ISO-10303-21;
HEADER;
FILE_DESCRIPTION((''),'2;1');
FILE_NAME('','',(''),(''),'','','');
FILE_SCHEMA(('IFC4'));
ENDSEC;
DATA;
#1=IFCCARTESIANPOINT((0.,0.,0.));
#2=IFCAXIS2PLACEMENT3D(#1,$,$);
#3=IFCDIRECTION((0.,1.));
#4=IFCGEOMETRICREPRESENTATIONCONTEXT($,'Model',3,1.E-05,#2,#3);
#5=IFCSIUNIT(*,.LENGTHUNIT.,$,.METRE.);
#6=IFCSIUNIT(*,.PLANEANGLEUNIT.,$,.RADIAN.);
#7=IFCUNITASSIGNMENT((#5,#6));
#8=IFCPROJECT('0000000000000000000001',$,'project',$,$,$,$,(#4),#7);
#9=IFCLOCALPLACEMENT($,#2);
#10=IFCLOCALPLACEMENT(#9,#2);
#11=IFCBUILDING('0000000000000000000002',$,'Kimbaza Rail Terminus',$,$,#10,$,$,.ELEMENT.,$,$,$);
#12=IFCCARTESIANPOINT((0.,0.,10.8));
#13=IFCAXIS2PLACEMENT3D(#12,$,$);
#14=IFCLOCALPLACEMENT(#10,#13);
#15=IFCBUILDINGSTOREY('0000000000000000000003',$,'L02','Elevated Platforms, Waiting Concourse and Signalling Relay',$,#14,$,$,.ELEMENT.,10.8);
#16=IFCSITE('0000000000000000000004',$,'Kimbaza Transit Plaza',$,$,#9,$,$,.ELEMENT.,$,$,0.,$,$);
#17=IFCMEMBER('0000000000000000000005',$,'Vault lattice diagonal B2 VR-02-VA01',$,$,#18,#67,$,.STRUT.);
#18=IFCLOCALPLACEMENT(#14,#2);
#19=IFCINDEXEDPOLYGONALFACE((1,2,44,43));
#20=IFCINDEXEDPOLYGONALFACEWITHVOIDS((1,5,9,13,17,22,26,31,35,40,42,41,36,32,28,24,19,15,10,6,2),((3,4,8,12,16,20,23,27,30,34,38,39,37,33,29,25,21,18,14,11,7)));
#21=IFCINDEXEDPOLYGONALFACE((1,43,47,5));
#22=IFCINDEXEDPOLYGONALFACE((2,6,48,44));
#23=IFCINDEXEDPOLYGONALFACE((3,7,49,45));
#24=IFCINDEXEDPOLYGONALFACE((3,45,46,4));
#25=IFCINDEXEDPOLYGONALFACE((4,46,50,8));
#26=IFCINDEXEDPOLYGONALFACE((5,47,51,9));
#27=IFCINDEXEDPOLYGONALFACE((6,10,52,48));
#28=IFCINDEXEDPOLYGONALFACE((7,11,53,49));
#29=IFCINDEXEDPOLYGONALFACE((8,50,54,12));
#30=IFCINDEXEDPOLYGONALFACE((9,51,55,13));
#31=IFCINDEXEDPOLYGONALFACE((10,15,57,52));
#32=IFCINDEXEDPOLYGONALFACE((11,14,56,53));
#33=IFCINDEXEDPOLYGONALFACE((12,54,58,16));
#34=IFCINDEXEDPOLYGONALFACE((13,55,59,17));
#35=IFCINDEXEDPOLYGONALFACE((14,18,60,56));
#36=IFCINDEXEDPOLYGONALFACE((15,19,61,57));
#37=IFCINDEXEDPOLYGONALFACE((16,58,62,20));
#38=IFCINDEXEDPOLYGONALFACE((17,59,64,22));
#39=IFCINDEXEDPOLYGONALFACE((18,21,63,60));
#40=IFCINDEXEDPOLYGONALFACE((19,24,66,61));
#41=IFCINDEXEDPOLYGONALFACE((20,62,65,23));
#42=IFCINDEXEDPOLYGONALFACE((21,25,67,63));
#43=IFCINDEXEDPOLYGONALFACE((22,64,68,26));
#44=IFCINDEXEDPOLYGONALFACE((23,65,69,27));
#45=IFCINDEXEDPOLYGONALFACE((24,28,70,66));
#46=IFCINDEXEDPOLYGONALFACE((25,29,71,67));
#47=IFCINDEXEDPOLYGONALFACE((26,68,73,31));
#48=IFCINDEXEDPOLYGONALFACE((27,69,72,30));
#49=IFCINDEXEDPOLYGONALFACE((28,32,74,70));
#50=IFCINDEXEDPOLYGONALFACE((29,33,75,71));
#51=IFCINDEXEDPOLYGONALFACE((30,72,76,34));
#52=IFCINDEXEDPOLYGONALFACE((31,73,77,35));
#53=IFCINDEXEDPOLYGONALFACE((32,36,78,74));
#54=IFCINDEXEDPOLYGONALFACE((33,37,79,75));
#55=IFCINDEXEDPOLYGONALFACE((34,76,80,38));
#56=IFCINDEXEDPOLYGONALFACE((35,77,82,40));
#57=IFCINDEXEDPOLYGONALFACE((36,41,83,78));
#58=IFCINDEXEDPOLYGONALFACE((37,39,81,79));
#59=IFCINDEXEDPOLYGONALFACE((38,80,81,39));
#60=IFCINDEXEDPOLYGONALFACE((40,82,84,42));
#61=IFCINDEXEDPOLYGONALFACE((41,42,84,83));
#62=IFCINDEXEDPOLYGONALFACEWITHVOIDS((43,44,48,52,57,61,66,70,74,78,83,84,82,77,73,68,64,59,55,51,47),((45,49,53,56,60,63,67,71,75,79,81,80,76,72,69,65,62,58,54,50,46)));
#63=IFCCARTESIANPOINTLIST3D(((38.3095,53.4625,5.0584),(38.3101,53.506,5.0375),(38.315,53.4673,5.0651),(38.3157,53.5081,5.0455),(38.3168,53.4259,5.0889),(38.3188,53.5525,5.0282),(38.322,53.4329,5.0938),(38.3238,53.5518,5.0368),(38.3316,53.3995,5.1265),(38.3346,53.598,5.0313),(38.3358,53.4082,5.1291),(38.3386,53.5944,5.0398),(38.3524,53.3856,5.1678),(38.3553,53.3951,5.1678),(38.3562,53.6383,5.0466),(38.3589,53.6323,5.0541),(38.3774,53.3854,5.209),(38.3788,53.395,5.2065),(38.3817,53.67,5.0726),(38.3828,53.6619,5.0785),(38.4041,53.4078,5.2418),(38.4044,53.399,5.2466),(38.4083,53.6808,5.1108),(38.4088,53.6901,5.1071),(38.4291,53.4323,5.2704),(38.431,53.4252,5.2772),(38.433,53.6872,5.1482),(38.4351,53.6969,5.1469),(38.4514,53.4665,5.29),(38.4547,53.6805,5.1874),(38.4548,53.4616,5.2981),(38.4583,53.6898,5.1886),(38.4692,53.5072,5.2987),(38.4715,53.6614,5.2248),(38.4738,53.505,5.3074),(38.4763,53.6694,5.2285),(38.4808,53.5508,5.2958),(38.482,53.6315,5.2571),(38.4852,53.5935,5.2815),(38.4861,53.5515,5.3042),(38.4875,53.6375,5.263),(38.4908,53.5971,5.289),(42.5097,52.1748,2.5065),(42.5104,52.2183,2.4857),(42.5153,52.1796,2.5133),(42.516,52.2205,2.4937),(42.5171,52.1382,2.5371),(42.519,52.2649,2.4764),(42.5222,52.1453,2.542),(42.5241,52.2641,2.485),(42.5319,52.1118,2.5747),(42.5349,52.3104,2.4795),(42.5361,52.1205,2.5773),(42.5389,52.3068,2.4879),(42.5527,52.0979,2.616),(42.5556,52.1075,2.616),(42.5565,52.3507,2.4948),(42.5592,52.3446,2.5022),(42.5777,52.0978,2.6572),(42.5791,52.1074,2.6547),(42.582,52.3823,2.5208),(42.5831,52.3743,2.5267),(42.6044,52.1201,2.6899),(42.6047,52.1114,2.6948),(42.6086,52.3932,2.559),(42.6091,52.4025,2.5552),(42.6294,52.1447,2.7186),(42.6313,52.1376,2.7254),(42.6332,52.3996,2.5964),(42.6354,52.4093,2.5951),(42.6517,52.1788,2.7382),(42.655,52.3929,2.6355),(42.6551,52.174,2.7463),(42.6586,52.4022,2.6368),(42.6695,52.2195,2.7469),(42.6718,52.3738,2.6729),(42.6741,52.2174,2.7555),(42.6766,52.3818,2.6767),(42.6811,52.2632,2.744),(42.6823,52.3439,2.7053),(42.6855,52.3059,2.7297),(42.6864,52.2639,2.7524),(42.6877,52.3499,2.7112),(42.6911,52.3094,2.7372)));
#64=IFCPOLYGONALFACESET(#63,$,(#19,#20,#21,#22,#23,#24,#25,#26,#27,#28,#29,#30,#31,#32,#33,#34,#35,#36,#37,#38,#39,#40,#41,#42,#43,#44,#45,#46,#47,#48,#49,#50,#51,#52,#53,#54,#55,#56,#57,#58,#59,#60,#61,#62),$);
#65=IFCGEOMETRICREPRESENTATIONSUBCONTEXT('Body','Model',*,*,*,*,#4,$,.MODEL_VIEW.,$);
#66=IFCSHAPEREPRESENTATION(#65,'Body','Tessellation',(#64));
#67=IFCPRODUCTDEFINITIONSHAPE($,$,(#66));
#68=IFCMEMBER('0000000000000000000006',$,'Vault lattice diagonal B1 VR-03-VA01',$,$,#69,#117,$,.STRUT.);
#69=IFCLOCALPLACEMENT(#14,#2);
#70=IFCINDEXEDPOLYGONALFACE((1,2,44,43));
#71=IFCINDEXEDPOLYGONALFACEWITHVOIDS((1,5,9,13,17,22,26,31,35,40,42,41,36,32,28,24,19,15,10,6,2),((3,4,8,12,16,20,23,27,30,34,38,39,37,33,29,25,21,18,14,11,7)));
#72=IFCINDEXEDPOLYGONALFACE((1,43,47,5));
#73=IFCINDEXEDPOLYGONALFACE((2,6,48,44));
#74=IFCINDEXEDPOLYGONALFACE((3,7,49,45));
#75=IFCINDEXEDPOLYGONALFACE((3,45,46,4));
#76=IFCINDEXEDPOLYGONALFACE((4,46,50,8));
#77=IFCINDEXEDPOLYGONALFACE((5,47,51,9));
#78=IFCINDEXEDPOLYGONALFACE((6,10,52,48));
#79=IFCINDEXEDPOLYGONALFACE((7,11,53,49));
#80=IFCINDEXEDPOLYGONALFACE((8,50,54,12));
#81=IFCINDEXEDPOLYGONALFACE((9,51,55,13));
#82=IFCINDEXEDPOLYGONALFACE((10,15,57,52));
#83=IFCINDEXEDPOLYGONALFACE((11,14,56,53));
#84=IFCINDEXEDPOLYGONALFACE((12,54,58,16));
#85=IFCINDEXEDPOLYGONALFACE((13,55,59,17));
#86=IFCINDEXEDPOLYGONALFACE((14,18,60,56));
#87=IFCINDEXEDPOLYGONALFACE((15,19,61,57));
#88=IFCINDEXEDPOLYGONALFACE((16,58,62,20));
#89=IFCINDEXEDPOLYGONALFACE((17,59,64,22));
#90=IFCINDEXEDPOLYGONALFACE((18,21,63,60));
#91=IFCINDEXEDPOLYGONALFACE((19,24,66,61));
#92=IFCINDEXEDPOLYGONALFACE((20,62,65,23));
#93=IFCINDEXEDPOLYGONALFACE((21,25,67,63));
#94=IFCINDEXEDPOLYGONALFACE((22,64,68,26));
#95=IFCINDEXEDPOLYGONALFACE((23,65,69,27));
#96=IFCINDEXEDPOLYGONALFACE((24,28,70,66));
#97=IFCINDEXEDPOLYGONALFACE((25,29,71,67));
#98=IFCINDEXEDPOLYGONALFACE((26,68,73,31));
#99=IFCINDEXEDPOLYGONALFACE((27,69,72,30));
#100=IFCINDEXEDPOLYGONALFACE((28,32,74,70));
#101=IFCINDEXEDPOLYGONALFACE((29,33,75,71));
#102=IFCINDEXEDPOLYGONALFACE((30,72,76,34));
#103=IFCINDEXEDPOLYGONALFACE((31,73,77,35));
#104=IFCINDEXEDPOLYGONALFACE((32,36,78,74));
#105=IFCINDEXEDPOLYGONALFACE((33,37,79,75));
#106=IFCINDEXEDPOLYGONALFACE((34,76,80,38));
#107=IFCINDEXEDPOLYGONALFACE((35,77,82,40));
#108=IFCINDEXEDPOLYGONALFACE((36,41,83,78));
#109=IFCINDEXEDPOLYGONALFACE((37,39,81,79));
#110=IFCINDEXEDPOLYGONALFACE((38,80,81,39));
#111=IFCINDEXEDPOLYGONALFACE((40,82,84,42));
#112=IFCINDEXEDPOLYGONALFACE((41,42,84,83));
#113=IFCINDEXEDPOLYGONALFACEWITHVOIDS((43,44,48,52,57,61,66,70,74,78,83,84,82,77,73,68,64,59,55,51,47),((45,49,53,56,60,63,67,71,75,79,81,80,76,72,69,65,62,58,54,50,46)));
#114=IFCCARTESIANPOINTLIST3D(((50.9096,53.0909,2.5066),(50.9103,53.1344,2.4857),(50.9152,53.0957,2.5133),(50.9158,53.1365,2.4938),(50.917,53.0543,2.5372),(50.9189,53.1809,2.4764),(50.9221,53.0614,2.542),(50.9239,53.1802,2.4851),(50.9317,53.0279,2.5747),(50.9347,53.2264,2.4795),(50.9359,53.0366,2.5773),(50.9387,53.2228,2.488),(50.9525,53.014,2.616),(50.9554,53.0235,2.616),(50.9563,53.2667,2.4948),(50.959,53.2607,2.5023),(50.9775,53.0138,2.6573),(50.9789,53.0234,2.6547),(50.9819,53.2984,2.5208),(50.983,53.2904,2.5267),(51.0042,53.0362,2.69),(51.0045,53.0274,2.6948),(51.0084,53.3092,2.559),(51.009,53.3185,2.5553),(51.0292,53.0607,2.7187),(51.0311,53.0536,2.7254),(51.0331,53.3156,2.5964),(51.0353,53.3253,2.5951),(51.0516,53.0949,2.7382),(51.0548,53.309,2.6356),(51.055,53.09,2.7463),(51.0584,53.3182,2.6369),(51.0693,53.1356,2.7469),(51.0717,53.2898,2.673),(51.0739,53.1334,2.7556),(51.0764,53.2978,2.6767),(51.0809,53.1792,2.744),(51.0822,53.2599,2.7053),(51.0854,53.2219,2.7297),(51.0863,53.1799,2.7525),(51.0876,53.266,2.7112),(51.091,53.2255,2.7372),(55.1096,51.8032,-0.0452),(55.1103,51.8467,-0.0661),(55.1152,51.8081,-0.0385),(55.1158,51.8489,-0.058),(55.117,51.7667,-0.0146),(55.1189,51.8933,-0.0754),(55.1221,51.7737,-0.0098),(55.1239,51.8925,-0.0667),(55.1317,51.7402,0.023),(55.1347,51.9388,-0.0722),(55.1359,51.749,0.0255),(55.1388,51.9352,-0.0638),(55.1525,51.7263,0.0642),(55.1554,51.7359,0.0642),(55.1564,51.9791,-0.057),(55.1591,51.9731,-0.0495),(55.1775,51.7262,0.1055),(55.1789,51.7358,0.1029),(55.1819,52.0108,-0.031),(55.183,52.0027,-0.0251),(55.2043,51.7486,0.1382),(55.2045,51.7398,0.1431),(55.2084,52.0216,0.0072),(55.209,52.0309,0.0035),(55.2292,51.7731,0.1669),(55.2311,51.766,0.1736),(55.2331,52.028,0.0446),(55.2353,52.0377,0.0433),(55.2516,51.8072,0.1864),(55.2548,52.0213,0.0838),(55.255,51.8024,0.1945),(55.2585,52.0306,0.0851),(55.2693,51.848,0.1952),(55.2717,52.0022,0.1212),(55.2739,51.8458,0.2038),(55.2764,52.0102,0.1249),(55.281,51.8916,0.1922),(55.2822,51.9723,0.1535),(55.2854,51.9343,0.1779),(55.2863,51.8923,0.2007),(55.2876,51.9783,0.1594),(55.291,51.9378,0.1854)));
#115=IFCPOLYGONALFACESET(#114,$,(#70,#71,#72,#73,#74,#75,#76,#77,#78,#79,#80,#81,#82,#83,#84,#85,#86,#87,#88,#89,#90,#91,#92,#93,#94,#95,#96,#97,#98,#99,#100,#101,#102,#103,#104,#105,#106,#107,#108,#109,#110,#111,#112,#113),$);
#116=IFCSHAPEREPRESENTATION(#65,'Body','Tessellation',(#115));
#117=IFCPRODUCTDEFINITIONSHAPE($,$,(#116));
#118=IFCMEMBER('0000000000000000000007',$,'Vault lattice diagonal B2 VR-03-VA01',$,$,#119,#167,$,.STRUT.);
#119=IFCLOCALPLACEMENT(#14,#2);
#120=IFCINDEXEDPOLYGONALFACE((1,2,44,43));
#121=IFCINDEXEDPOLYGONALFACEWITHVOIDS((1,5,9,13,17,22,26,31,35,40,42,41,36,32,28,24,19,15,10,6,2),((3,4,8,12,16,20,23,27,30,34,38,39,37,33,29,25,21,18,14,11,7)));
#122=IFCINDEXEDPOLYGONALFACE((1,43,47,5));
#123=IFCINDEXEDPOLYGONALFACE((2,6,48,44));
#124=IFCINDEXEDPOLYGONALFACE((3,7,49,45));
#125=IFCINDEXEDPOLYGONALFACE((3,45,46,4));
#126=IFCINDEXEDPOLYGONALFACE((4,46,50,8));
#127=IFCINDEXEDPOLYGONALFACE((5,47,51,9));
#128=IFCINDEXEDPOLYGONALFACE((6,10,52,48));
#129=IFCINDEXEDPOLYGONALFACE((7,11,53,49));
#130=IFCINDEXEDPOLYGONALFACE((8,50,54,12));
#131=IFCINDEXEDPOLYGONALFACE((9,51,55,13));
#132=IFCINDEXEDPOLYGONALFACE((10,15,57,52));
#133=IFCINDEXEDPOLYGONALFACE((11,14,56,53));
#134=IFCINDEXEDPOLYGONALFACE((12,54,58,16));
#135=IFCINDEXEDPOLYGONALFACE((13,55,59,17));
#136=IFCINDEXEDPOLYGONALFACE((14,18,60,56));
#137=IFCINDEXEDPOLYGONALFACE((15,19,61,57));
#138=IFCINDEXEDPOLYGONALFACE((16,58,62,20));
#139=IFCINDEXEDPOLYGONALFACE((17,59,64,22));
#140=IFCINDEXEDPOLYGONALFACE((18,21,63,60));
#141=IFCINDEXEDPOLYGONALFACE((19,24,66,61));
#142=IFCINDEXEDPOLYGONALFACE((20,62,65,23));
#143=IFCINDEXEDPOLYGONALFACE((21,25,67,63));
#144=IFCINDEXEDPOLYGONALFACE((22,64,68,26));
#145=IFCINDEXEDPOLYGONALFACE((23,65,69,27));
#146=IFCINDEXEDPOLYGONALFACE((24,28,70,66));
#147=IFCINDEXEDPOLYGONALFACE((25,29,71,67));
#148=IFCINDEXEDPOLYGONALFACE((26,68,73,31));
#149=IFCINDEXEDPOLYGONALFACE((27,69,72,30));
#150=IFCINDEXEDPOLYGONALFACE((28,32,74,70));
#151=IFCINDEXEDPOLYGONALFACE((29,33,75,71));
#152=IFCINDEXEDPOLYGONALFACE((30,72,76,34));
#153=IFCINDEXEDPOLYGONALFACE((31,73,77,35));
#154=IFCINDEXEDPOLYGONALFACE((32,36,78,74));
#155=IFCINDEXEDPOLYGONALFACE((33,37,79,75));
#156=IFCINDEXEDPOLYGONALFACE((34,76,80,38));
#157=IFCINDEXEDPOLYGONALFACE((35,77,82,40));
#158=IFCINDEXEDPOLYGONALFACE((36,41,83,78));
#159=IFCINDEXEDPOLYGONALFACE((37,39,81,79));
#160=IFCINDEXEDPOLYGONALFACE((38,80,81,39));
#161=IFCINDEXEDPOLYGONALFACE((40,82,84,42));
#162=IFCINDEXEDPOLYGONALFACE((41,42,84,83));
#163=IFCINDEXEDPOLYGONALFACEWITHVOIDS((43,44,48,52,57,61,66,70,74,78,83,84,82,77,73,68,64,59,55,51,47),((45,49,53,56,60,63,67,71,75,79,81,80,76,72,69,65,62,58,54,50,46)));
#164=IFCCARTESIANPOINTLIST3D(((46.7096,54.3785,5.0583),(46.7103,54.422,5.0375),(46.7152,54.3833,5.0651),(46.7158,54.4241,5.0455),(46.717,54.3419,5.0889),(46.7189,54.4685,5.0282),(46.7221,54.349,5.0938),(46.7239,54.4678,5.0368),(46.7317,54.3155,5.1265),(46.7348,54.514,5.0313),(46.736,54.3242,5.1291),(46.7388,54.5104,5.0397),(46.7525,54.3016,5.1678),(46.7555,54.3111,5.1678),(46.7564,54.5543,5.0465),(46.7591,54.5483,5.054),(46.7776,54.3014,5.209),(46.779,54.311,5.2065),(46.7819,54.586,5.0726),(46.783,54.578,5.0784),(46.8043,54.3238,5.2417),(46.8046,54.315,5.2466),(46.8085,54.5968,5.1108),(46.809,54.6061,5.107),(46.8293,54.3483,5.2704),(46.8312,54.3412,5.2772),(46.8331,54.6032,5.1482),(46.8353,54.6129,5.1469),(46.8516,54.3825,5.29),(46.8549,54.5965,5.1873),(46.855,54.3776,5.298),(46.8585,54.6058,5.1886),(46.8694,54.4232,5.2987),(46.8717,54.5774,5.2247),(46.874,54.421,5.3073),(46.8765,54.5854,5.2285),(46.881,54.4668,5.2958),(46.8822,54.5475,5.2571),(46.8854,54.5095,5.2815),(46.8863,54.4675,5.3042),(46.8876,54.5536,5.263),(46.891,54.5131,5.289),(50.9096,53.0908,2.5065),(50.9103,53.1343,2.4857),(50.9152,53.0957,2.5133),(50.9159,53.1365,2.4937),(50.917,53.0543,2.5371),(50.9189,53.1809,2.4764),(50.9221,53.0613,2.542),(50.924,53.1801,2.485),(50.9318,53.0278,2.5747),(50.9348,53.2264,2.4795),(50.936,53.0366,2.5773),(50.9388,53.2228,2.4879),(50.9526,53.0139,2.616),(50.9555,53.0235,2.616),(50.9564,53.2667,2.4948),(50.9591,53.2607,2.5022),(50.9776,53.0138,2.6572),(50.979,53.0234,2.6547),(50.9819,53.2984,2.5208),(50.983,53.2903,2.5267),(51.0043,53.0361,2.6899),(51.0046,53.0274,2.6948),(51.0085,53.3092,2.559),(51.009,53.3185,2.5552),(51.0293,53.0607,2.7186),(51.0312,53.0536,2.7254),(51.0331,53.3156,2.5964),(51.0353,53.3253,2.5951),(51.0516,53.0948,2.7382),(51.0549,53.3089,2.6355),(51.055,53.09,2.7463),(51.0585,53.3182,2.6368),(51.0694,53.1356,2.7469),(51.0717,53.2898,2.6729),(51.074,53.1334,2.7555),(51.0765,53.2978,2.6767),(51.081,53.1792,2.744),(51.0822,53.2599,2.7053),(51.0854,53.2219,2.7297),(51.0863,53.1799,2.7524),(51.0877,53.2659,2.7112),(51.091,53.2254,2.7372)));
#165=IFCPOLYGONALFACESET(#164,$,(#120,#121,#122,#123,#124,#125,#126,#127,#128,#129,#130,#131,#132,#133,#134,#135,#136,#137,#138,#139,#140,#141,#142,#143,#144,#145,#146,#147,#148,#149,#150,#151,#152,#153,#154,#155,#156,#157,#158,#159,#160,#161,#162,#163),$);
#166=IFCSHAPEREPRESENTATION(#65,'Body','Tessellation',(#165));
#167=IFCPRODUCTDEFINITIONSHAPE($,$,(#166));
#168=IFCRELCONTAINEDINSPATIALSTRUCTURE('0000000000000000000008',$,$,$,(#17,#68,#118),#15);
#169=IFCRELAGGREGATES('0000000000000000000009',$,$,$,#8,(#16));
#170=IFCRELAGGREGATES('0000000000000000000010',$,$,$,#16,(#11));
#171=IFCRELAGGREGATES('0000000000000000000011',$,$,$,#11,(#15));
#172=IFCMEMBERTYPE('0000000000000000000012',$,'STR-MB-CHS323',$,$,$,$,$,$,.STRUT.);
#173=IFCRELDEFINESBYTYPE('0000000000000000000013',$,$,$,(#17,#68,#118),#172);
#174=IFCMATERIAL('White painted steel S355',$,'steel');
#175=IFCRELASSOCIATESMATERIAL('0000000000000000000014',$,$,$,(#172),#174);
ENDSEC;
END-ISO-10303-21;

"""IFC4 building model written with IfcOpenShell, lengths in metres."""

from ifc_helpers import new_model, si_unit, direction, frame, origin, origin_2d, place, context, subcontext, project, spatial, hollow_circle, extrude, material, material_profile, profile_set, type_object, element, save


model = new_model("IFC4")

# Units and contexts
model_context = context("Model", 3, precision=1e-05, world=origin(), true_north=direction((0.0, 1.0)))
body_context = subcontext(model_context, "Body", "Model", "MODEL_VIEW")
ifc_project = project(units=[si_unit("LENGTHUNIT", "METRE"), si_unit("PLANEANGLEUNIT", "RADIAN")], contexts=[model_context])

# Site, building, storey
site_placement = place(None, origin())
site = spatial("IfcSite", under=ifc_project, at=site_placement, Name="Kimbaza Transit Plaza", CompositionType="ELEMENT", RefElevation=0.0)
building_placement = place(site_placement, origin())
building = spatial("IfcBuilding", under=site, at=building_placement, Name="Kimbaza Rail Terminus", CompositionType="ELEMENT")
storey_placement = place(building_placement, frame((0.0, 0.0, 10.8)))
storey = spatial("IfcBuildingStorey", under=building, at=storey_placement, Name="L02", Description="Elevated Platforms, Waiting Concourse and Signalling Relay", CompositionType="ELEMENT", Elevation=10.8)

# Members
ifc_material_1 = material(Name="White painted steel S355", Category="steel")
ifc_material_profile_1 = material_profile(ifc_material_1, hollow_circle(Radius=0.1619, WallThickness=0.01, at=origin_2d()), Name="CHS 323.9x10")
ifc_profile_set_1 = profile_set([ifc_material_profile_1], Name="White painted steel S355")
member_type_1 = type_object("IfcMemberType", Name="STR-MB-CHS323", PredefinedType="STRUT", material=ifc_profile_set_1)
member_1_placement = place(storey_placement, frame((42.6001, 52.2527, 2.616), z_axis=(-0.826736, 0.253441, 0.50227), x_axis=(-0.293094, -0.956084, 0.0)))
element("IfcMember", 1, at=member_1_placement, inside=storey, type_object=member_type_1, Name="Vault lattice diagonal B2 VR-02-VA01", PredefinedType="STRUT", context=body_context, shape_type="SweptSolid", body=[
    extrude(hollow_circle(Radius=0.1619, WallThickness=0.01, at=origin_2d()), origin(), (0.0, 0.0, 1.0), 5.0806),
])
for number, where, z_axis, x_axis, name in (
    (2, (55.2, 51.8811, 0.0642), (-0.826721, 0.253452, 0.50229), (-0.293109, -0.956079, 0.0), "Vault lattice diagonal B1 VR-03-VA01"),
    (3, (51.0, 53.1687, 2.616), (-0.826721, 0.253452, 0.50229), (-0.293109, -0.956079, 0.0), "Vault lattice diagonal B2 VR-03-VA01"),
):
    element("IfcMember", number, at=place(storey_placement, frame(where, z_axis=z_axis, x_axis=x_axis)), inside=storey, type_object=member_type_1, Name=name, PredefinedType="STRUT", context=body_context, shape_type="SweptSolid", body=[
        extrude(hollow_circle(Radius=0.1619, WallThickness=0.01, at=origin_2d()), origin(), (0.0, 0.0, 1.0), 5.0803),
    ])

save(model, "model.ifc")
